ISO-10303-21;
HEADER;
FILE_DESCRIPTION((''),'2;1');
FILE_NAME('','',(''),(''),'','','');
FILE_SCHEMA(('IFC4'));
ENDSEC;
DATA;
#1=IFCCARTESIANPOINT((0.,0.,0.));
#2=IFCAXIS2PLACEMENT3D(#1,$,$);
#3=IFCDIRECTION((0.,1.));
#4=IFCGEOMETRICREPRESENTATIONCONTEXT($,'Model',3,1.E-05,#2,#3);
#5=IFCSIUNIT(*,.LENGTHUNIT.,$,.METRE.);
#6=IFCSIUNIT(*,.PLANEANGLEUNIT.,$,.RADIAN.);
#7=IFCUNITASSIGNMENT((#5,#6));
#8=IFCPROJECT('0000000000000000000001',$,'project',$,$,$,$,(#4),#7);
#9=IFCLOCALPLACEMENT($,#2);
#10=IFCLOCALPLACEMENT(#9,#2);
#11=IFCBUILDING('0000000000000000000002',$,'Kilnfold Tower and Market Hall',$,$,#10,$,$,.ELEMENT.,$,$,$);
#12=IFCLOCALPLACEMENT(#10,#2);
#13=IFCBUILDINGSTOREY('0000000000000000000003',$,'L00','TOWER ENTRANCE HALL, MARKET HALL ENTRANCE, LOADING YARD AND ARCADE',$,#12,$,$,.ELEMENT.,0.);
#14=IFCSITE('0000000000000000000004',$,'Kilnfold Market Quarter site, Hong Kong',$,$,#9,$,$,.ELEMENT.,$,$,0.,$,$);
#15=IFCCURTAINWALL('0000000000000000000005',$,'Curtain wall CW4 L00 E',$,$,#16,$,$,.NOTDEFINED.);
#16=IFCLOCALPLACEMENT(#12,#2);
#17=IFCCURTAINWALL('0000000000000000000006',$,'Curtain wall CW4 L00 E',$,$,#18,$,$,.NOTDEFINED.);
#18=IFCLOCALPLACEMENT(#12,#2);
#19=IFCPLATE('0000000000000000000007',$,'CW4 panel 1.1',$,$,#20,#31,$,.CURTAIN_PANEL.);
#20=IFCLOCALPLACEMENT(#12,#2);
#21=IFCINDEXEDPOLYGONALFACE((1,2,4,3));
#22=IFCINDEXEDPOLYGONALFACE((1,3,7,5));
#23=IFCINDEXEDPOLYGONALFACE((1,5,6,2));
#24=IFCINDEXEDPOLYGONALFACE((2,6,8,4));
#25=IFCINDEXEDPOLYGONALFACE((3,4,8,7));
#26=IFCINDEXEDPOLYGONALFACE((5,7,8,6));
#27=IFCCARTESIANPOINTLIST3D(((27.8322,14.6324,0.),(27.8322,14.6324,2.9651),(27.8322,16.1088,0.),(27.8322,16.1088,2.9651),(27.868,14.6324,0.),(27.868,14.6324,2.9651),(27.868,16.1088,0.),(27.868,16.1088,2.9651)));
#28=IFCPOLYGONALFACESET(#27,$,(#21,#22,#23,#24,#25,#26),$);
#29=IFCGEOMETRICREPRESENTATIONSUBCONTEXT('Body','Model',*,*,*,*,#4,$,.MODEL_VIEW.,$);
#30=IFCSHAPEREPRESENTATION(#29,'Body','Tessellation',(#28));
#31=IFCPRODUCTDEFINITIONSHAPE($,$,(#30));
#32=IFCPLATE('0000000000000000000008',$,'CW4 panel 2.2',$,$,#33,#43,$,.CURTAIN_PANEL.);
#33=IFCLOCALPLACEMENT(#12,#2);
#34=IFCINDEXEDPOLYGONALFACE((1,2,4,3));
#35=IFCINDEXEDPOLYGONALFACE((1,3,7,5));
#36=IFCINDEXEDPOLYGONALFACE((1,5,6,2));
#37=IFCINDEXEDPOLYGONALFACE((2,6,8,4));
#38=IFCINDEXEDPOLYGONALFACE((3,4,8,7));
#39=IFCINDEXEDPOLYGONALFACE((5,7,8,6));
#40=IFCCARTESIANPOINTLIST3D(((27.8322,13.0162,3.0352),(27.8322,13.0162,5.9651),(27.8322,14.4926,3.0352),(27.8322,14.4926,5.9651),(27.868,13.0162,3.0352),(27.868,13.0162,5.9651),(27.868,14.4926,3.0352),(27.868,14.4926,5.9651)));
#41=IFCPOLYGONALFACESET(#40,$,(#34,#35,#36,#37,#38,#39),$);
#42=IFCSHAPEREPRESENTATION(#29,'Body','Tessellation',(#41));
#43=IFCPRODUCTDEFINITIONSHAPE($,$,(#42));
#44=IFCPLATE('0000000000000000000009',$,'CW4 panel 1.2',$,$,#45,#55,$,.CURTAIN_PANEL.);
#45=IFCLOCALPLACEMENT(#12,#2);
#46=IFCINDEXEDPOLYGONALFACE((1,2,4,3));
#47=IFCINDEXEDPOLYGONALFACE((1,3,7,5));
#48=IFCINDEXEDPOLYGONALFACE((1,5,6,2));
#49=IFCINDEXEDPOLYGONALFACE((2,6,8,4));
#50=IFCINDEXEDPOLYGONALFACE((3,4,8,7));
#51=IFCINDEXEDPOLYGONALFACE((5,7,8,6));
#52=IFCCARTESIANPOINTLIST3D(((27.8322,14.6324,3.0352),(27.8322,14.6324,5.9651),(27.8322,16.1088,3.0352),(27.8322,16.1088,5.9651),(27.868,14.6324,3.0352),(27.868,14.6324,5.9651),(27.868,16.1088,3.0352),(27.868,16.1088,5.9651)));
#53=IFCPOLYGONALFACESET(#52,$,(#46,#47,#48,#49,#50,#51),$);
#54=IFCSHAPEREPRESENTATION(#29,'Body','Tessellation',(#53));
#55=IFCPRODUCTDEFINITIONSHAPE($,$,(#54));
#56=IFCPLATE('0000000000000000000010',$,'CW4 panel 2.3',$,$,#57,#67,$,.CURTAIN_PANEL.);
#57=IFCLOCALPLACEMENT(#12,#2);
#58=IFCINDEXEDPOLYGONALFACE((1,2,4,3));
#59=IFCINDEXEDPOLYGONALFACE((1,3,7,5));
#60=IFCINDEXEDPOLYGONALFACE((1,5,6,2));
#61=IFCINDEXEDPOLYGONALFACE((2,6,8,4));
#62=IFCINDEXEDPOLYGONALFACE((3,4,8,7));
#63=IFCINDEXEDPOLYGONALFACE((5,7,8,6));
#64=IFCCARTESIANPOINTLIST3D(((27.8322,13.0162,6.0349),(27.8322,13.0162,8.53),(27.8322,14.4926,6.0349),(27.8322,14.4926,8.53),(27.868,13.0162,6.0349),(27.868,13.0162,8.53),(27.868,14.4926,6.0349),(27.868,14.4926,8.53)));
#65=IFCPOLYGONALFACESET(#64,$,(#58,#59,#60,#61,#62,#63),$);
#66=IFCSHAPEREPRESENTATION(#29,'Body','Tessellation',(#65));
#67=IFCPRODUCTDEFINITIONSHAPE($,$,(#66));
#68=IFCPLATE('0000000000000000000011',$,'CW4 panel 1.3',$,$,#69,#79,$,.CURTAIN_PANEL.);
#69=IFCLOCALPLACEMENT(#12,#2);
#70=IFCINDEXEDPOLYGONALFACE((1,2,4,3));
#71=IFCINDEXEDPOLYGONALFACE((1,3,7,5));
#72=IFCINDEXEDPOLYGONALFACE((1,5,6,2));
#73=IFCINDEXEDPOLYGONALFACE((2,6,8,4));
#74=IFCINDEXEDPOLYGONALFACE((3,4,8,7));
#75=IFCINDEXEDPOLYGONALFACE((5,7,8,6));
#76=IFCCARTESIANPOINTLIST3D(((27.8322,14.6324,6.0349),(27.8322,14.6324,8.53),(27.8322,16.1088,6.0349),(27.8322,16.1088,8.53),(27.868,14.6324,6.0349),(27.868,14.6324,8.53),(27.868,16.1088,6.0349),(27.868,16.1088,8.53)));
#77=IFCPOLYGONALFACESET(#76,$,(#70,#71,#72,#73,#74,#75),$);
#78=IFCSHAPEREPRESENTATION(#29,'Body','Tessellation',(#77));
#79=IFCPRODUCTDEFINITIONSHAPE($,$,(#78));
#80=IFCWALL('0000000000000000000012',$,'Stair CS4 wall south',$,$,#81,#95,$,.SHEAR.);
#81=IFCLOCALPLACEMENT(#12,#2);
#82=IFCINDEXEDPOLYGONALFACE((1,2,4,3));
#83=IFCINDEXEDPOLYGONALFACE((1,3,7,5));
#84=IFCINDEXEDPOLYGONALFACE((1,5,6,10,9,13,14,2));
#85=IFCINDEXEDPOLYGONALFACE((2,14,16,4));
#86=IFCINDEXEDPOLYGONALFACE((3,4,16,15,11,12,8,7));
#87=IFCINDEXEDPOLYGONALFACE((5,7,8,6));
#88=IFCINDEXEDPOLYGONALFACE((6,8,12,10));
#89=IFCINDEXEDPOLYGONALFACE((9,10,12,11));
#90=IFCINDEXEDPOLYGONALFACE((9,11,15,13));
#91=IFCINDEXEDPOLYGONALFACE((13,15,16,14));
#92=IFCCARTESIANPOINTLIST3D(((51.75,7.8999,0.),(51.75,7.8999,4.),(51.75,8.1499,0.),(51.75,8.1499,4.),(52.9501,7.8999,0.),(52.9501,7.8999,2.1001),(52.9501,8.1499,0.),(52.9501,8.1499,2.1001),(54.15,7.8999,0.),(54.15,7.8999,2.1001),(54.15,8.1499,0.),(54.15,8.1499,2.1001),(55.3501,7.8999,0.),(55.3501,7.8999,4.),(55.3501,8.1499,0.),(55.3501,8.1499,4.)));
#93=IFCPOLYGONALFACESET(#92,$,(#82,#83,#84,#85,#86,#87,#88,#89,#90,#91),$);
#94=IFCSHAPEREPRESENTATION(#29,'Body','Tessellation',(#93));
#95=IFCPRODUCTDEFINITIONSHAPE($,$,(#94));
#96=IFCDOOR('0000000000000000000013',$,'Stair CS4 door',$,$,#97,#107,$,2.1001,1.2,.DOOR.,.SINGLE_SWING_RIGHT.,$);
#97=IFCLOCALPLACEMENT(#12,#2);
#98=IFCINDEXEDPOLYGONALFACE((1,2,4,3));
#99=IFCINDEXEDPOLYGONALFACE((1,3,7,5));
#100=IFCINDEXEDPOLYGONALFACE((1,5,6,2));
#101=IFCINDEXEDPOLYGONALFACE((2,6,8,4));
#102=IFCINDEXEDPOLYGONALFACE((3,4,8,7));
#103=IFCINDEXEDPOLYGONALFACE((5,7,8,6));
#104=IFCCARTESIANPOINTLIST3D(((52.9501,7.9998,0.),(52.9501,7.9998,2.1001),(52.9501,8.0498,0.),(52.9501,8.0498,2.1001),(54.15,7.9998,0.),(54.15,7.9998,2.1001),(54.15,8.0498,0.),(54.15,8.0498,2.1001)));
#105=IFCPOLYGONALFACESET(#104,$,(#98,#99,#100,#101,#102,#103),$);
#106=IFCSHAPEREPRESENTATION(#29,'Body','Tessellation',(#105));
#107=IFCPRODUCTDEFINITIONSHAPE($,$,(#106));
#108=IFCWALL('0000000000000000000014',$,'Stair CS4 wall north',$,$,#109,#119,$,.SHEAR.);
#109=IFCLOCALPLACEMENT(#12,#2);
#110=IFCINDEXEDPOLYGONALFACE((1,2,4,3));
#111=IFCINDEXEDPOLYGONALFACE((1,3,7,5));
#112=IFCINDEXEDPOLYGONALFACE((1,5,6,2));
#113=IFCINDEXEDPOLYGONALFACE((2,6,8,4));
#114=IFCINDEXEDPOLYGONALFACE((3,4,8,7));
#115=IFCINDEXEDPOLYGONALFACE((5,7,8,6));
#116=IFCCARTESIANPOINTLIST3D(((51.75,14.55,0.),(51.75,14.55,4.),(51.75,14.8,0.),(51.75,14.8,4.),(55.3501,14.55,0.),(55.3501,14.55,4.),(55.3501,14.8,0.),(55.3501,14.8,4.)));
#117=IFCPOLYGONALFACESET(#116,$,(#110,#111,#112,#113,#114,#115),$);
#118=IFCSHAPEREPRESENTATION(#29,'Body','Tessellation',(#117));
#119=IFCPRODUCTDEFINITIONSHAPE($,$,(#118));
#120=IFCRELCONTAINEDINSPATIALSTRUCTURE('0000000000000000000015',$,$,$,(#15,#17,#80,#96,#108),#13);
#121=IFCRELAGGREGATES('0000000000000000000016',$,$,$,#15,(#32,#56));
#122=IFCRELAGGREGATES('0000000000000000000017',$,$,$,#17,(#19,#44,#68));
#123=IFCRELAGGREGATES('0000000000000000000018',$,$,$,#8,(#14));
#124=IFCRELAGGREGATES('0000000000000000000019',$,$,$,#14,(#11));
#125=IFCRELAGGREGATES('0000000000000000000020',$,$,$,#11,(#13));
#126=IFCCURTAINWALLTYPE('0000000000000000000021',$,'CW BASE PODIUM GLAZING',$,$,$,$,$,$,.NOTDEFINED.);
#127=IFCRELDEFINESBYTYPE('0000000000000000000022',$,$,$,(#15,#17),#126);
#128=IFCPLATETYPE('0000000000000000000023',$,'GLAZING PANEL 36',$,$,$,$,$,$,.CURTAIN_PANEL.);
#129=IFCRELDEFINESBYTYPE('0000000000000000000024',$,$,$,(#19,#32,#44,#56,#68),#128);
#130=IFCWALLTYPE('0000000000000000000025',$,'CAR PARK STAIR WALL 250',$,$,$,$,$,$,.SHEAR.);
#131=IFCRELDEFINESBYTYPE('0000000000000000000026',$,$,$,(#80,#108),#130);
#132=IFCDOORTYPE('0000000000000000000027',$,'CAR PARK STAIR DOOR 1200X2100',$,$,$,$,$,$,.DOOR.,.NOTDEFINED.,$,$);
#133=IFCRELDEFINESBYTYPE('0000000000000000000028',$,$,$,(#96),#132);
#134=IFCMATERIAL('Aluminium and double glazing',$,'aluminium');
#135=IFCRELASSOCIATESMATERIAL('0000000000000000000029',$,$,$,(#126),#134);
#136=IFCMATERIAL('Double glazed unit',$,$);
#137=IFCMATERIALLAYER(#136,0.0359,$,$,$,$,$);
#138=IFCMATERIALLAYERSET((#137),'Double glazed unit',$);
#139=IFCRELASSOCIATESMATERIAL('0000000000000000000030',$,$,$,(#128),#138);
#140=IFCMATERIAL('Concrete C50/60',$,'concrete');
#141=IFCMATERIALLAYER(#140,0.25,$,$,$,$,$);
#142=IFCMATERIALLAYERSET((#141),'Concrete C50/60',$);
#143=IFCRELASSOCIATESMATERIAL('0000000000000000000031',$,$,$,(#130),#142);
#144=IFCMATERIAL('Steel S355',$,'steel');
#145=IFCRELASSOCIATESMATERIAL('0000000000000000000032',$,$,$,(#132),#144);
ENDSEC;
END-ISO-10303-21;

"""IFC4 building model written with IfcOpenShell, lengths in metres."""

from ifc_helpers import new_model, si_unit, direction, frame, frame_2d, origin, origin_2d, place, context, subcontext, project, spatial, rectangle, extrude, source, transform, mapped, material, layer, layer_set, type_object, element, fill, aggregate, save


model = new_model("IFC4")

# Units and contexts
model_context = context("Model", 3, precision=1e-05, world=origin(), true_north=direction((0.0, 1.0)))
body_context = subcontext(model_context, "Body", "Model", "MODEL_VIEW")
ifc_project = project(units=[si_unit("LENGTHUNIT", "METRE"), si_unit("PLANEANGLEUNIT", "RADIAN")], contexts=[model_context])

# Site, building, storey
site_placement = place(None, origin())
site = spatial("IfcSite", under=ifc_project, at=site_placement, Name="Kilnfold Market Quarter site, Hong Kong", CompositionType="ELEMENT", RefElevation=0.0)
building_placement = place(site_placement, origin())
building = spatial("IfcBuilding", under=site, at=building_placement, Name="Kilnfold Tower and Market Hall", CompositionType="ELEMENT")
storey_placement = place(building_placement, origin())
storey = spatial("IfcBuildingStorey", under=building, at=storey_placement, Name="L00", Description="TOWER ENTRANCE HALL, MARKET HALL ENTRANCE, LOADING YARD AND ARCADE", CompositionType="ELEMENT", Elevation=0.0)

# Curtain wall
ifc_material_1 = material(Name="Aluminium and double glazing", Category="aluminium")
curtain_wall_type = type_object("IfcCurtainWallType", Name="CW BASE PODIUM GLAZING", PredefinedType="NOTDEFINED", material=ifc_material_1)
curtain_wall_1_placement = place(storey_placement, origin())
curtain_wall_1 = element("IfcCurtainWall", 1, at=curtain_wall_1_placement, inside=storey, type_object=curtain_wall_type, Name="Curtain wall CW4 L00 E", PredefinedType="NOTDEFINED")

# Curtain wall
curtain_wall_2_placement = place(storey_placement, origin())
curtain_wall_2 = element("IfcCurtainWall", 2, at=curtain_wall_2_placement, inside=storey, type_object=curtain_wall_type, Name="Curtain wall CW4 L00 E", PredefinedType="NOTDEFINED")

# Plates
ifc_material_2 = material(Name="Double glazed unit")
ifc_layer_1 = layer(ifc_material_2, 0.0359)
ifc_layer_set_1 = layer_set([ifc_layer_1], Name="Double glazed unit")
plate_type = type_object("IfcPlateType", Name="GLAZING PANEL 36", PredefinedType="CURTAIN_PANEL", material=ifc_layer_set_1)
shared_shape_1 = source(origin(), body_context, "Body", "SweptSolid", [
    extrude(rectangle(XDim=1.4763, YDim=0.0359, at=origin_2d()), origin(), (0.0, 0.0, 1.0), 2.9651),
])
plate_1_placement = place(storey_placement, frame((27.8501, 15.3706, 0.0), z_axis=(0.0, 0.0, 1.0), x_axis=(0.0, 1.0, 0.0)))
plate_1 = element("IfcPlate", 3, at=plate_1_placement, type_object=plate_type, Name="CW4 panel 1.1", PredefinedType="CURTAIN_PANEL", context=body_context, shape_type="MappedRepresentation", body=[
    mapped(shared_shape_1, transform((0.0, 0.0, 0.0))),
])
shared_shape_2 = source(origin(), body_context, "Body", "SweptSolid", [
    extrude(rectangle(XDim=1.4763, YDim=0.0359, at=origin_2d()), origin(), (0.0, 0.0, 1.0), 2.9299),
])
plate_2_placement = place(storey_placement, frame((27.8501, 13.7544, 3.0352), z_axis=(0.0, 0.0, 1.0), x_axis=(0.0, 1.0, 0.0)))
plate_2 = element("IfcPlate", 4, at=plate_2_placement, type_object=plate_type, Name="CW4 panel 2.2", PredefinedType="CURTAIN_PANEL", context=body_context, shape_type="MappedRepresentation", body=[
    mapped(shared_shape_2, transform((0.0, 0.0, 0.0))),
])
plate_3_placement = place(storey_placement, frame((27.8501, 15.3706, 3.0352), z_axis=(0.0, 0.0, 1.0), x_axis=(0.0, 1.0, 0.0)))
plate_3 = element("IfcPlate", 5, at=plate_3_placement, type_object=plate_type, Name="CW4 panel 1.2", PredefinedType="CURTAIN_PANEL", context=body_context, shape_type="MappedRepresentation", body=[
    mapped(shared_shape_2, transform((0.0, 0.0, 0.0))),
])
shared_shape_3 = source(origin(), body_context, "Body", "SweptSolid", [
    extrude(rectangle(XDim=1.4763, YDim=0.0359, at=origin_2d()), origin(), (0.0, 0.0, 1.0), 2.4951),
])
plate_4_placement = place(storey_placement, frame((27.8501, 13.7544, 6.0349), z_axis=(0.0, 0.0, 1.0), x_axis=(0.0, 1.0, 0.0)))
plate_4 = element("IfcPlate", 6, at=plate_4_placement, type_object=plate_type, Name="CW4 panel 2.3", PredefinedType="CURTAIN_PANEL", context=body_context, shape_type="MappedRepresentation", body=[
    mapped(shared_shape_3, transform((0.0, 0.0, 0.0))),
])
aggregate(curtain_wall_1, [plate_2, plate_4])
plate_5_placement = place(storey_placement, frame((27.8501, 15.3706, 6.0349), z_axis=(0.0, 0.0, 1.0), x_axis=(0.0, 1.0, 0.0)))
plate_5 = element("IfcPlate", 7, at=plate_5_placement, type_object=plate_type, Name="CW4 panel 1.3", PredefinedType="CURTAIN_PANEL", context=body_context, shape_type="MappedRepresentation", body=[
    mapped(shared_shape_3, transform((0.0, 0.0, 0.0))),
])
aggregate(curtain_wall_2, [plate_1, plate_3, plate_5])

# Wall, opening, door
ifc_material_3 = material(Name="Concrete C50/60", Category="concrete")
ifc_layer_2 = layer(ifc_material_3, 0.25)
ifc_layer_set_2 = layer_set([ifc_layer_2], Name="Concrete C50/60")
wall_type = type_object("IfcWallType", Name="CAR PARK STAIR WALL 250", PredefinedType="SHEAR", material=ifc_layer_set_2)
shared_shape_4 = source(origin(), body_context, "Body", "SweptSolid", [
    extrude(rectangle(XDim=3.6001, YDim=0.25, at=frame_2d((1.8, 0.0))), origin(), (0.0, 0.0, 1.0), 4.0),
])
wall_1_placement = place(storey_placement, frame((51.75, 8.0249, 0.0), z_axis=(0.0, 0.0, 1.0), x_axis=(1.0, 0.0, 0.0)))
wall_1 = element("IfcWall", 8, at=wall_1_placement, inside=storey, type_object=wall_type, Name="Stair CS4 wall south", PredefinedType="SHEAR", context=body_context, shape_type="MappedRepresentation", body=[
    mapped(shared_shape_4, transform((0.0, 0.0, 0.0))),
])
opening_placement = place(wall_1_placement, frame((1.2, 0.0, 0.0)))
opening = element("IfcOpeningElement", 9, at=opening_placement, cuts=wall_1, PredefinedType="OPENING", context=body_context, shape_type="SweptSolid", body=[
    extrude(rectangle(XDim=1.2, YDim=2.1001, at=frame_2d((0.6001, 1.05))), frame((0.0, 0.135, 0.0), z_axis=(0.0, -1.0, 0.0), x_axis=(1.0, 0.0, 0.0)), (0.0, 0.0, 1.0), 0.27),
])
ifc_material_4 = material(Name="Steel S355", Category="steel")
door_type = type_object("IfcDoorType", Name="CAR PARK STAIR DOOR 1200X2100", OperationType="NOTDEFINED", PredefinedType="DOOR", material=ifc_material_4)
door_placement = place(opening_placement, origin())
door = element("IfcDoor", 10, at=door_placement, inside=storey, type_object=door_type, Name="Stair CS4 door", OperationType="SINGLE_SWING_RIGHT", OverallHeight=2.1001, OverallWidth=1.2, PredefinedType="DOOR", context=body_context, shape_type="SweptSolid", body=[
    extrude(rectangle(XDim=1.2, YDim=2.1001, at=frame_2d((0.6001, 1.05))), frame((0.0, 0.0249, 0.0), z_axis=(0.0, -1.0, 0.0), x_axis=(1.0, 0.0, 0.0)), (0.0, 0.0, 1.0), 0.05),
])
fill(opening, door)

# Wall
wall_2_placement = place(storey_placement, frame((51.75, 14.675, 0.0), z_axis=(0.0, 0.0, 1.0), x_axis=(1.0, 0.0, 0.0)))
element("IfcWall", 11, at=wall_2_placement, inside=storey, type_object=wall_type, Name="Stair CS4 wall north", PredefinedType="SHEAR", context=body_context, shape_type="MappedRepresentation", body=[
    mapped(shared_shape_4, transform((0.0, 0.0, 0.0))),
])

save(model, "model.ifc")
